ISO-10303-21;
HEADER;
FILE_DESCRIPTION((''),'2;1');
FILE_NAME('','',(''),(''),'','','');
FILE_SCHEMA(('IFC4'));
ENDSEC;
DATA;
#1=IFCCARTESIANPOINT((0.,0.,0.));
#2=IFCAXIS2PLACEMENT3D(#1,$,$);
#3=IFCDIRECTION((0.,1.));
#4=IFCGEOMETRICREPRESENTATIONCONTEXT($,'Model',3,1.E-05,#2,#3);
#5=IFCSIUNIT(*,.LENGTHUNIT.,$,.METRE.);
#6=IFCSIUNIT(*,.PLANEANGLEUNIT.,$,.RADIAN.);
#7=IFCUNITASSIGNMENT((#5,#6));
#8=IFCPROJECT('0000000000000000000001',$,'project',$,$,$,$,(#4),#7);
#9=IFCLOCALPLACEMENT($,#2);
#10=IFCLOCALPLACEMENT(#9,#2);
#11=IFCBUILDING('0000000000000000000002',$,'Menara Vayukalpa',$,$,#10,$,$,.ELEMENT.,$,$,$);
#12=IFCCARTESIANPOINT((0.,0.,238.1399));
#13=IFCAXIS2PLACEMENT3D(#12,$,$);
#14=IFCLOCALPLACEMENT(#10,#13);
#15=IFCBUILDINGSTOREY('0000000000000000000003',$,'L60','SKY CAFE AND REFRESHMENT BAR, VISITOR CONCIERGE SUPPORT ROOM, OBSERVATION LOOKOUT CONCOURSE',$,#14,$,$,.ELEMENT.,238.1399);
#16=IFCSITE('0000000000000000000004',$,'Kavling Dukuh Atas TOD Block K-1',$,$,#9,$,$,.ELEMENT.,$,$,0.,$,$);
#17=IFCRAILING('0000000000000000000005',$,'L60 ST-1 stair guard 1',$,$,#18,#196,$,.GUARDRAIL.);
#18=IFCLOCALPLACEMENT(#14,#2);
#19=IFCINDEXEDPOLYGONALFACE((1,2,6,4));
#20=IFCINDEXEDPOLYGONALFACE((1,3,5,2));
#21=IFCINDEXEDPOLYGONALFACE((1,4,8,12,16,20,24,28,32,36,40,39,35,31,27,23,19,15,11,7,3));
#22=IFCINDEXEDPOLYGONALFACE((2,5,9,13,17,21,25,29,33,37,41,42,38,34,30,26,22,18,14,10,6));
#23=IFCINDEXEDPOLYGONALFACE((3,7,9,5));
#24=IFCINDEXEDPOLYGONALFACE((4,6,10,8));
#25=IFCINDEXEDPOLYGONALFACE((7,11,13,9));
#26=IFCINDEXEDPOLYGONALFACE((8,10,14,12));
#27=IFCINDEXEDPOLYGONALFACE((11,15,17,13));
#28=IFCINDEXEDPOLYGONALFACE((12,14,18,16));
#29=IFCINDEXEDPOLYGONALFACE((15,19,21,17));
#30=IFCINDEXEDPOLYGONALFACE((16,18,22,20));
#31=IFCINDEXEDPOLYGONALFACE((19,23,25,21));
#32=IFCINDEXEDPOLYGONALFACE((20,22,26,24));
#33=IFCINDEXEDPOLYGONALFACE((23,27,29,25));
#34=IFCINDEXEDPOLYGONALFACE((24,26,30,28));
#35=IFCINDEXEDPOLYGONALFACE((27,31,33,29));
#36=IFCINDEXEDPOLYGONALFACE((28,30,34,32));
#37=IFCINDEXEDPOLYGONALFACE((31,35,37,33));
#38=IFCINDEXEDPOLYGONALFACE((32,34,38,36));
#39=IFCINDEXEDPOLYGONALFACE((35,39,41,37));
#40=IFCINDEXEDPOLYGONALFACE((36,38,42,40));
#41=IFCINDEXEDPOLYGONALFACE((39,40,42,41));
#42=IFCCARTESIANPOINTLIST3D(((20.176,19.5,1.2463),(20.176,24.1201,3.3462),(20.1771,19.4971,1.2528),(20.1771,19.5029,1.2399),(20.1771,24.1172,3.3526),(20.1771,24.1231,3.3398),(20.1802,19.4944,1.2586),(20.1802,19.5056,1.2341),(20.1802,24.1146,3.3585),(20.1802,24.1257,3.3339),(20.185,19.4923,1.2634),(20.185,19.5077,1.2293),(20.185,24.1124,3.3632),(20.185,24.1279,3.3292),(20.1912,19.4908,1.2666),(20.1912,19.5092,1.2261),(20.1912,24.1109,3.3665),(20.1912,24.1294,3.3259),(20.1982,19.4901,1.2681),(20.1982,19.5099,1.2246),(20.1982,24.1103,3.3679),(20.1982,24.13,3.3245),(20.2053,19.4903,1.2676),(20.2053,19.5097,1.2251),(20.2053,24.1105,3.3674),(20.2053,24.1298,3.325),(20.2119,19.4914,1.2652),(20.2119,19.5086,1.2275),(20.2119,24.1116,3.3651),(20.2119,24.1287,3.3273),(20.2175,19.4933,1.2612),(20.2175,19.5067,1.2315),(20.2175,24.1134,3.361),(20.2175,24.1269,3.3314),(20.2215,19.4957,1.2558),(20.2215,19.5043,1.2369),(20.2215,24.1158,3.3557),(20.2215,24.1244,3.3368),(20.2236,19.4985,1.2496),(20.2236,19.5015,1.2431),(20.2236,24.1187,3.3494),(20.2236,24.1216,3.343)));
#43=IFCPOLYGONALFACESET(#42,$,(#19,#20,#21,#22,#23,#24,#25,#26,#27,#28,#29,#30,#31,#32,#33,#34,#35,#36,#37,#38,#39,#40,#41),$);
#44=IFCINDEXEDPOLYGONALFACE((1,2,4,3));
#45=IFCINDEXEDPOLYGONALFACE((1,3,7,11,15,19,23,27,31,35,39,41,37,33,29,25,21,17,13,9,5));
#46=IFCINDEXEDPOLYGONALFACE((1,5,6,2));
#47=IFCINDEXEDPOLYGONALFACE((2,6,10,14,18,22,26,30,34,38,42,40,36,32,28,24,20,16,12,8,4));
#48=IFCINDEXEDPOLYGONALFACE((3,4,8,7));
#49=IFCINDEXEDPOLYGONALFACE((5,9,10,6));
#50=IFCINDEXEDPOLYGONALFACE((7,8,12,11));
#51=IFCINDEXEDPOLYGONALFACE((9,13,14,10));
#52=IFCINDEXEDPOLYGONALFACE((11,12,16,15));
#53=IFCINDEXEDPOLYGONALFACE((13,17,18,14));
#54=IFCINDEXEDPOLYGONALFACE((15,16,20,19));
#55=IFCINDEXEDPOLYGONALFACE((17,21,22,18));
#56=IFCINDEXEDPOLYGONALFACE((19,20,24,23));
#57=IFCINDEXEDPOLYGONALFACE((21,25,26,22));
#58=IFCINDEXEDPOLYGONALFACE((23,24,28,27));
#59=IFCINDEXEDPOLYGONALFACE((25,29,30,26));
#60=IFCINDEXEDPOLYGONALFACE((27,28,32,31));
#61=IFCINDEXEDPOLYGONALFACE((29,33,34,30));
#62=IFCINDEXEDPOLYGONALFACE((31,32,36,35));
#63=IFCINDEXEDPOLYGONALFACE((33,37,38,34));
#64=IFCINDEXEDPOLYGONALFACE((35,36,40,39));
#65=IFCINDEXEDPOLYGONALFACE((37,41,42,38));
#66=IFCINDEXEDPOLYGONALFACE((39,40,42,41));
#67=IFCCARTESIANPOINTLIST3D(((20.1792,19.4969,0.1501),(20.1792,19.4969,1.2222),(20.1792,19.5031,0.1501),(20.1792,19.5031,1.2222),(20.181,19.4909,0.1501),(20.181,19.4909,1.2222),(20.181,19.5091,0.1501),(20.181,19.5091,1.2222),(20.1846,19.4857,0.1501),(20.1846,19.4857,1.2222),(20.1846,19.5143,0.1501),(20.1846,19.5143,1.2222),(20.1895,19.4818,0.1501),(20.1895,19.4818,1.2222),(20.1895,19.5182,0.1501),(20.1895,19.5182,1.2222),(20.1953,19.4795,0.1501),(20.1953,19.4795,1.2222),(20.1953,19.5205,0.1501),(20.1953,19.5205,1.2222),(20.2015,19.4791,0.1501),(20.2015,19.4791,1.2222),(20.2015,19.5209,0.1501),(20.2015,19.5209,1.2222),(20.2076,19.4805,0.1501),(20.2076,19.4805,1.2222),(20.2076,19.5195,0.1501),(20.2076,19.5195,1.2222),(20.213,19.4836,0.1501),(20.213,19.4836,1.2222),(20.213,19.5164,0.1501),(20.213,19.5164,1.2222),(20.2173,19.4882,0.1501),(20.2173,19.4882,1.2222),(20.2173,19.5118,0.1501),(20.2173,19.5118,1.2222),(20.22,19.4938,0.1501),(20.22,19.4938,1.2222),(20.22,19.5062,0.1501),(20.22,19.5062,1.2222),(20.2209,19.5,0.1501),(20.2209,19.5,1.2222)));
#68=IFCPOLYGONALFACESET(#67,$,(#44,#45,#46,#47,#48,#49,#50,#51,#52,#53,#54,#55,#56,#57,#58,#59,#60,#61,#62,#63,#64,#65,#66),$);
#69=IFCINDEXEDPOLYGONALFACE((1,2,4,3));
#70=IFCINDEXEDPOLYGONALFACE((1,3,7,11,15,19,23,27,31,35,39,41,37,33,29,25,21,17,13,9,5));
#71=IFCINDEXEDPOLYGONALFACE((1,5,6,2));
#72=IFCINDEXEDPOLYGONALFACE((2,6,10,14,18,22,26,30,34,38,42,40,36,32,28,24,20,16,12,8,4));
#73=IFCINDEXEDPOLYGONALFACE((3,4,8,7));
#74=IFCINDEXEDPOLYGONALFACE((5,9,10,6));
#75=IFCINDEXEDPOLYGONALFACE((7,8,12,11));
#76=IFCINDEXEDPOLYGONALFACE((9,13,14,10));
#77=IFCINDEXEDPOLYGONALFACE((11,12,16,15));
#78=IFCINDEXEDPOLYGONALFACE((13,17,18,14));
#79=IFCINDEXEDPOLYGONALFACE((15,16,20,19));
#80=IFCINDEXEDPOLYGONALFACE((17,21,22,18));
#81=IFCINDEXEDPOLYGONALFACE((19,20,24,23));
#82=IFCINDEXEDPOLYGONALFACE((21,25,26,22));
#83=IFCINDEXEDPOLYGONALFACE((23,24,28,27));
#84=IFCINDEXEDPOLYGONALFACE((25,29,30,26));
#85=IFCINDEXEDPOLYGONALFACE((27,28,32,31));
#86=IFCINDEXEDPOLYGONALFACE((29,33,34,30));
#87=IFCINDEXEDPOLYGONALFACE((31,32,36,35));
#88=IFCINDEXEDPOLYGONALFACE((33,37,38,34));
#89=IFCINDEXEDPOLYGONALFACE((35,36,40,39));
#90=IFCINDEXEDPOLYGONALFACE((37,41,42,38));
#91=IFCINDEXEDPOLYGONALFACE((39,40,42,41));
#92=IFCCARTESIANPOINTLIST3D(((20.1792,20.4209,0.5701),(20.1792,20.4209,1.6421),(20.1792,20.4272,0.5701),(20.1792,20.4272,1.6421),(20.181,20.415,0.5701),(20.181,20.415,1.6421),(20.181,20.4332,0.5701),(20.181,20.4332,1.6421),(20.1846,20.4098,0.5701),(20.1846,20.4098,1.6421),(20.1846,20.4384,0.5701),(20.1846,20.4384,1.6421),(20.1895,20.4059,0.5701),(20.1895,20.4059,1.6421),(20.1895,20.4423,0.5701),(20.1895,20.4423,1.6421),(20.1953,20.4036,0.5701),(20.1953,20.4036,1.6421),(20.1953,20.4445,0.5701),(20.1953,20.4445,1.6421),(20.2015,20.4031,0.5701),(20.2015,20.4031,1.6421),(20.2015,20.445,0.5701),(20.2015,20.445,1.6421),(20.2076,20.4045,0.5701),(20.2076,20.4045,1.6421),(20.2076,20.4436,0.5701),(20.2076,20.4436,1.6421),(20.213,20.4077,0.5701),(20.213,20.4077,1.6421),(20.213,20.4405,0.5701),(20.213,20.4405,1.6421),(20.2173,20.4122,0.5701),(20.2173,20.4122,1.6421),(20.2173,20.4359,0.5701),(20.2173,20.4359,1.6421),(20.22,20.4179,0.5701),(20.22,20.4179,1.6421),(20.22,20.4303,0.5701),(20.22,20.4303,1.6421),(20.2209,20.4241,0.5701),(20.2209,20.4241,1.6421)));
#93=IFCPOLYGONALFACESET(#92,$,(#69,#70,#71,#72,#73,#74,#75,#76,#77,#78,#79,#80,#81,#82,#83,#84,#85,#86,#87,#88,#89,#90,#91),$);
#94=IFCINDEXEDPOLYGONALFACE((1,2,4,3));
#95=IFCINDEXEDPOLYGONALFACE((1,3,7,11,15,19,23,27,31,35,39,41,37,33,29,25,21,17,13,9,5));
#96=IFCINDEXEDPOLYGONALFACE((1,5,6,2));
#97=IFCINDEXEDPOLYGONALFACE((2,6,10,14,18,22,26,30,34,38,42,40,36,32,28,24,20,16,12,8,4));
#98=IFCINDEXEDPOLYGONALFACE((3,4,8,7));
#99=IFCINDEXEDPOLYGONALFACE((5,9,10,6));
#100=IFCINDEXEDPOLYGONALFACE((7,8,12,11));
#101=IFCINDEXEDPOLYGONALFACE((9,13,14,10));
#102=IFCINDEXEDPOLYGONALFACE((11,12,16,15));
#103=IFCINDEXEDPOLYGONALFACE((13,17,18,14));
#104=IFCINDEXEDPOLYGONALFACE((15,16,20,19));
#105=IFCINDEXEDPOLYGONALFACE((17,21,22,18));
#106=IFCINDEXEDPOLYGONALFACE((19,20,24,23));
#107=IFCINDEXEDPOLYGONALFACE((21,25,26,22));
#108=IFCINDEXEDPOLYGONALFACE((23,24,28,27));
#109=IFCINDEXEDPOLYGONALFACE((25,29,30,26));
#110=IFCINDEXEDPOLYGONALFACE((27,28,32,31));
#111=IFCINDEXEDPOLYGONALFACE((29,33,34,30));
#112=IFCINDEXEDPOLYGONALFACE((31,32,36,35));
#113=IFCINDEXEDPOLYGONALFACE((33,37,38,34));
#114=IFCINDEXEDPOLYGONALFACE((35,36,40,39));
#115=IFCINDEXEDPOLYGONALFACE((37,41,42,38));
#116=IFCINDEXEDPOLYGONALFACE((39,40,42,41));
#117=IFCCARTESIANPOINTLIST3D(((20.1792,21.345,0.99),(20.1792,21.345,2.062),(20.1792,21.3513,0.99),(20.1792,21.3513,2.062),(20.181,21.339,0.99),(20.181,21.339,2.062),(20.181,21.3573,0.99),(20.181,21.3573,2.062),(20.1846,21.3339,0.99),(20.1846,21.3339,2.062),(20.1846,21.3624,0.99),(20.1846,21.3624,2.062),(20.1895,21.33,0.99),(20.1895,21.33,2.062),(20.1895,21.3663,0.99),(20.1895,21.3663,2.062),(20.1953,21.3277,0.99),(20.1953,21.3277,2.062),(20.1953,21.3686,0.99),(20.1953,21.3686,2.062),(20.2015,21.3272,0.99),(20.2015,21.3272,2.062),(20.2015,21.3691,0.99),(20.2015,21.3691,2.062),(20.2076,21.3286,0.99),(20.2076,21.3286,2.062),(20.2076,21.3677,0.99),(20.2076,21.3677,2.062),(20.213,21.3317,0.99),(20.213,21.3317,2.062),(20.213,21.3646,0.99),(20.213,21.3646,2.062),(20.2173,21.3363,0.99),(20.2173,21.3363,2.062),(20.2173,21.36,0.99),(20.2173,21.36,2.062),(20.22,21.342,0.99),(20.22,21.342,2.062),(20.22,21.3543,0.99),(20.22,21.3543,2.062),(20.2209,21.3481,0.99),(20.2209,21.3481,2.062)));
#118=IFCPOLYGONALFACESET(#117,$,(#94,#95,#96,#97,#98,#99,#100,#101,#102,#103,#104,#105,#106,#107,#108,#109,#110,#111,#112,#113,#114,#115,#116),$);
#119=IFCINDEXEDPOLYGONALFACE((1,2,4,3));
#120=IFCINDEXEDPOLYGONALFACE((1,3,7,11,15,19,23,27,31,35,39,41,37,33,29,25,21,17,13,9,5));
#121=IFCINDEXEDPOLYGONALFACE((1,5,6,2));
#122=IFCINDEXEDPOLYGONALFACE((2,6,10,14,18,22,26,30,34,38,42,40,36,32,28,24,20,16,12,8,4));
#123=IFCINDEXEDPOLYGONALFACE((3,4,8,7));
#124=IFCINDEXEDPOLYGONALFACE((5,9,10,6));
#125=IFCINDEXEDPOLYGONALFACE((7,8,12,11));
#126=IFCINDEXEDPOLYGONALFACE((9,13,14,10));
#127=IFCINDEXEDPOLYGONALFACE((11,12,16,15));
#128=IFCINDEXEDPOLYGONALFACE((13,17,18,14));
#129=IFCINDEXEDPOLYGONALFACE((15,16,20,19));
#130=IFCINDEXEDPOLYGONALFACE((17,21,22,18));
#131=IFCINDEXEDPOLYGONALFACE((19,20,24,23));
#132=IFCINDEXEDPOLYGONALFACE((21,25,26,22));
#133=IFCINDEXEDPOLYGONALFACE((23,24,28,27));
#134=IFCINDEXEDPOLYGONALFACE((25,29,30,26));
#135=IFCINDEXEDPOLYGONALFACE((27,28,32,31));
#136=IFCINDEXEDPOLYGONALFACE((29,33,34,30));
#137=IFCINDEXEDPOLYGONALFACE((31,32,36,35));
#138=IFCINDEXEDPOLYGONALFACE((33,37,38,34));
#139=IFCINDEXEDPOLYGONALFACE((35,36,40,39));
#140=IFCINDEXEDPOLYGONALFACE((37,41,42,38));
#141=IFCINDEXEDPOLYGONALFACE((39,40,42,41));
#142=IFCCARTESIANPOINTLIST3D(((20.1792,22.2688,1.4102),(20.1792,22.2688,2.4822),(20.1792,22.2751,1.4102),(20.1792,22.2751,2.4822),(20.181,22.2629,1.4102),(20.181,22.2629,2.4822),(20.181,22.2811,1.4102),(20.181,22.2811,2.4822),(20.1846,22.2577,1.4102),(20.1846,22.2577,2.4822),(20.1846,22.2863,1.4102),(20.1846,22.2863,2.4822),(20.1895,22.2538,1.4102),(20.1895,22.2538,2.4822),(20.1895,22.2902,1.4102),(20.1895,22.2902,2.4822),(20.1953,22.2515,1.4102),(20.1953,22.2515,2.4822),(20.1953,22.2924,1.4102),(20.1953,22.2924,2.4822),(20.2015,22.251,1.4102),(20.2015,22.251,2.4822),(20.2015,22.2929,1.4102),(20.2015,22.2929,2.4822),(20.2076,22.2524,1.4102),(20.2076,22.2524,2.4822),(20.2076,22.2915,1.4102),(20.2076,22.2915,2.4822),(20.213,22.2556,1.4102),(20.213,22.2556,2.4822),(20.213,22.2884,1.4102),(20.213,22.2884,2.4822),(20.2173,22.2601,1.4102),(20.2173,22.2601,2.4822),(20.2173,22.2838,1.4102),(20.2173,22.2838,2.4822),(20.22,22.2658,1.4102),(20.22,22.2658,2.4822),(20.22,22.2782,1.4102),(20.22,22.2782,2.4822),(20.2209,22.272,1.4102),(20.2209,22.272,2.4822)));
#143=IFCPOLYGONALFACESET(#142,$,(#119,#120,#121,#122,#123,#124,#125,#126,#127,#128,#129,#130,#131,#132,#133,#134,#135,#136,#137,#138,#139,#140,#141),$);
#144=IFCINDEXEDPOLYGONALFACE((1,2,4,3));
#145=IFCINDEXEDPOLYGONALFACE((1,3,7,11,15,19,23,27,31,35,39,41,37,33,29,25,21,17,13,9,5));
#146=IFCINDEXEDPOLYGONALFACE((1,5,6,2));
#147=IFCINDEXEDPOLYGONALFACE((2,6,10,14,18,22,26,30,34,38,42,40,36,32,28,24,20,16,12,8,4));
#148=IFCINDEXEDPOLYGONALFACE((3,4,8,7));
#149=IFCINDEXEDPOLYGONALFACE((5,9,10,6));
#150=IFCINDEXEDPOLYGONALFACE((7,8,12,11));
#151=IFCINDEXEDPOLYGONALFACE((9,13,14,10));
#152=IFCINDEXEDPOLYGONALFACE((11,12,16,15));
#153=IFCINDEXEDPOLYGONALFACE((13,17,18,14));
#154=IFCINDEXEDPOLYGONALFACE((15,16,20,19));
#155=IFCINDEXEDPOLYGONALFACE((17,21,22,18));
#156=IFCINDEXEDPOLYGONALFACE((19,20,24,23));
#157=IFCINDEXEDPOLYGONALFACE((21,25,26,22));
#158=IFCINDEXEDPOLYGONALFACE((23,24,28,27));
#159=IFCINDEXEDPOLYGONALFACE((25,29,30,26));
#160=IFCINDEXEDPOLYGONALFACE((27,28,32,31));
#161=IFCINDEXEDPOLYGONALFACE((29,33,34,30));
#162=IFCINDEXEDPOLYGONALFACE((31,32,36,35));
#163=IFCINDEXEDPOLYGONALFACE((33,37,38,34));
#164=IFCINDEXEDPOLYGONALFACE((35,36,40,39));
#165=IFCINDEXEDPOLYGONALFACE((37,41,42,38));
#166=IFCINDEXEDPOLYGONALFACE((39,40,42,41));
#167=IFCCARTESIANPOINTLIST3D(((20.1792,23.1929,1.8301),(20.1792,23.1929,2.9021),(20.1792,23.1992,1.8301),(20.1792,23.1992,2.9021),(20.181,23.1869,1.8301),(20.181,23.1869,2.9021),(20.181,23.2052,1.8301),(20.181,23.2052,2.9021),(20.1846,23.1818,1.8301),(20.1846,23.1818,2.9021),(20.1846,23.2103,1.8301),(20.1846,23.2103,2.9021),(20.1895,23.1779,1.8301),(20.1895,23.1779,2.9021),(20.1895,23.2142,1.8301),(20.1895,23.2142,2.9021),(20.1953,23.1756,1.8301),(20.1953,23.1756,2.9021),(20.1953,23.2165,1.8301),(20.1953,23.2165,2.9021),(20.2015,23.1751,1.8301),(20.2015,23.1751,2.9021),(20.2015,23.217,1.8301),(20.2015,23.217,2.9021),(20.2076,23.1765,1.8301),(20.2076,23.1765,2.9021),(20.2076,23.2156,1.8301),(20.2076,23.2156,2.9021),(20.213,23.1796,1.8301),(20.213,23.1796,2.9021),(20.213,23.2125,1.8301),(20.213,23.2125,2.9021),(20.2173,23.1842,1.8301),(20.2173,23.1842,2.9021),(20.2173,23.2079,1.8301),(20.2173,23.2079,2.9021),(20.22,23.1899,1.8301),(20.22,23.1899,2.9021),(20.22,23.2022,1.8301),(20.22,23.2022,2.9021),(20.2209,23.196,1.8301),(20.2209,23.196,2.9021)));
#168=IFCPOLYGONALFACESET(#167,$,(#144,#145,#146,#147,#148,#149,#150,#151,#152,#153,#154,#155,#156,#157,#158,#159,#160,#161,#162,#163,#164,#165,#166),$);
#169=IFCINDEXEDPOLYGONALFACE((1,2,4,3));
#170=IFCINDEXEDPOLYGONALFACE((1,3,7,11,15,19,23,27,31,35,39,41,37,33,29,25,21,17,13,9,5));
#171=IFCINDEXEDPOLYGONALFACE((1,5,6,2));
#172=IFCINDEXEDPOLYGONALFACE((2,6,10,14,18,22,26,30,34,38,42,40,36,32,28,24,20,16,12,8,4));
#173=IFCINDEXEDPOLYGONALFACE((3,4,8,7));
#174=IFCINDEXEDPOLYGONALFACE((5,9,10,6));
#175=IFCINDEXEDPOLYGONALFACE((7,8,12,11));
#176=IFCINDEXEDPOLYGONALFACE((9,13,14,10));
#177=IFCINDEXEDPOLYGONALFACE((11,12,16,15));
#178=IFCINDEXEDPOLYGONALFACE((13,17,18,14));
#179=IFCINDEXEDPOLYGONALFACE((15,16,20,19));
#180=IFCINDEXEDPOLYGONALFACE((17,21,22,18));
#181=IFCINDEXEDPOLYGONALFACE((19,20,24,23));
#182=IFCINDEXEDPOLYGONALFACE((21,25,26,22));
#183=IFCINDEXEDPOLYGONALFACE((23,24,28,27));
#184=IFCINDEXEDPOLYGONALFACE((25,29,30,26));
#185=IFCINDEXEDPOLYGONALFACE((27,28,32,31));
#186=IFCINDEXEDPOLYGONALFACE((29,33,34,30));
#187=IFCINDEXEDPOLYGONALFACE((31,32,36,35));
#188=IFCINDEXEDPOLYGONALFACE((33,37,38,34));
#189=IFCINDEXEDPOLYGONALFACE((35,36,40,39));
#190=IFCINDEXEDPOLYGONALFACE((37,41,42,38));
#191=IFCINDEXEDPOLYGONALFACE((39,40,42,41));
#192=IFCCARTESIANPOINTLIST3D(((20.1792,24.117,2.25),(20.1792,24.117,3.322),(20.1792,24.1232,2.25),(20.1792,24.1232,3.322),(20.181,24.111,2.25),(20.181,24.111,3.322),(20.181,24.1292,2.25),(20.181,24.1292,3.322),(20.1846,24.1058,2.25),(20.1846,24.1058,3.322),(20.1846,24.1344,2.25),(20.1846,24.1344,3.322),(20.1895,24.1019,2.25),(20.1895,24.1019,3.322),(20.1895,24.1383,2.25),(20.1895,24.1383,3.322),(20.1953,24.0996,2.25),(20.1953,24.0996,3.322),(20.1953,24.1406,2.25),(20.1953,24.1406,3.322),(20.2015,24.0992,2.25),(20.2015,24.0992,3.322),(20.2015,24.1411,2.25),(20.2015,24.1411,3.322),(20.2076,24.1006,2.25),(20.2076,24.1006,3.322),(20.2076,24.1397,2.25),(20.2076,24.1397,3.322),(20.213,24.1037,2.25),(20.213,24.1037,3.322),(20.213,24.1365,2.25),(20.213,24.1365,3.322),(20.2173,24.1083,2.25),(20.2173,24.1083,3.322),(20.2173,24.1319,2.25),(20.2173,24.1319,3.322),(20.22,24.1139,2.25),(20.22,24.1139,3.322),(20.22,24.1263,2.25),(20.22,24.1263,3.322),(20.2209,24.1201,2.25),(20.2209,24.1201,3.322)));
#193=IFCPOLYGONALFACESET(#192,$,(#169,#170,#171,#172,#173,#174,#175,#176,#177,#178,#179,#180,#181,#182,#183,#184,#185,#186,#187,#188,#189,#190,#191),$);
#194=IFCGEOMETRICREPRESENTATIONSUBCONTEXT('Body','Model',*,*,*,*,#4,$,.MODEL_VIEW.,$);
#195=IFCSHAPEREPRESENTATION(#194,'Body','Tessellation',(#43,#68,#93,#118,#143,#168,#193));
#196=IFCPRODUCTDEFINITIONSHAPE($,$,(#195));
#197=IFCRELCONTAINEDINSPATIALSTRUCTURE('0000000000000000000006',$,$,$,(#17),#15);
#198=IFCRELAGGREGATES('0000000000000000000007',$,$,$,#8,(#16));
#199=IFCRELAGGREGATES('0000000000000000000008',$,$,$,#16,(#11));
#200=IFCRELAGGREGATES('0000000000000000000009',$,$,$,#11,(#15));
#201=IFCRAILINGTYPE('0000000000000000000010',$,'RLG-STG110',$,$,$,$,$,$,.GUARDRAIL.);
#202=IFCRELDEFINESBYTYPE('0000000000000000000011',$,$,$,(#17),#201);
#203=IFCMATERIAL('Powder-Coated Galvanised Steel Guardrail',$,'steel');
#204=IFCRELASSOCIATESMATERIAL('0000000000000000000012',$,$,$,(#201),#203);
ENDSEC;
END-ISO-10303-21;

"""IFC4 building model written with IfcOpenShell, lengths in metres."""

from ifc_helpers import new_model, si_unit, direction, frame, origin, origin_2d, place, context, subcontext, project, spatial, circle, extrude, material, type_object, element, save


model = new_model("IFC4")

# Units and contexts
model_context = context("Model", 3, precision=1e-05, world=origin(), true_north=direction((0.0, 1.0)))
body_context = subcontext(model_context, "Body", "Model", "MODEL_VIEW")
ifc_project = project(units=[si_unit("LENGTHUNIT", "METRE"), si_unit("PLANEANGLEUNIT", "RADIAN")], contexts=[model_context])

# Site, building, storey
site_placement = place(None, origin())
site = spatial("IfcSite", under=ifc_project, at=site_placement, Name="Kavling Dukuh Atas TOD Block K-1", CompositionType="ELEMENT", RefElevation=0.0)
building_placement = place(site_placement, origin())
building = spatial("IfcBuilding", under=site, at=building_placement, Name="Menara Vayukalpa", CompositionType="ELEMENT")
storey_placement = place(building_placement, frame((0.0, 0.0, 238.1399)))
storey = spatial("IfcBuildingStorey", under=building, at=storey_placement, Name="L60", Description="SKY CAFE AND REFRESHMENT BAR, VISITOR CONCIERGE SUPPORT ROOM, OBSERVATION LOOKOUT CONCOURSE", CompositionType="ELEMENT", Elevation=238.1399)

# Railing
ifc_material_1 = material(Name="Powder-Coated Galvanised Steel Guardrail", Category="steel")
railing_type_1 = type_object("IfcRailingType", Name="RLG-STG110", PredefinedType="GUARDRAIL", material=ifc_material_1)
railing_1_placement = place(storey_placement, frame((20.2, 19.5, 0.1501)))
element("IfcRailing", 1, at=railing_1_placement, inside=storey, type_object=railing_type_1, Name="L60 ST-1 stair guard 1", PredefinedType="GUARDRAIL", context=body_context, shape_type="SweptSolid", body=[
    extrude(circle(Radius=0.0239, at=origin_2d()), frame((0.0, 0.0, 1.0962), z_axis=(0.0, 0.910381, 0.41377), x_axis=(-1.0, 0.0, 0.0)), (0.0, 0.0, 1.0), 5.075),
    extrude(circle(Radius=0.021, at=origin_2d()), origin(), (0.0, 0.0, 1.0), 1.072),
    extrude(circle(Radius=0.021, at=origin_2d()), frame((0.0, 0.9241, 0.4199)), (0.0, 0.0, 1.0), 1.072),
    extrude(circle(Radius=0.021, at=origin_2d()), frame((0.0, 1.8481, 0.8398)), (0.0, 0.0, 1.0), 1.072),
    extrude(circle(Radius=0.021, at=origin_2d()), frame((0.0, 2.772, 1.26)), (0.0, 0.0, 1.0), 1.072),
    extrude(circle(Radius=0.021, at=origin_2d()), frame((0.0, 3.696, 1.6799)), (0.0, 0.0, 1.0), 1.072),
    extrude(circle(Radius=0.021, at=origin_2d()), frame((0.0, 4.6201, 2.0999)), (0.0, 0.0, 1.0), 1.072),
])

save(model, "model.ifc")
